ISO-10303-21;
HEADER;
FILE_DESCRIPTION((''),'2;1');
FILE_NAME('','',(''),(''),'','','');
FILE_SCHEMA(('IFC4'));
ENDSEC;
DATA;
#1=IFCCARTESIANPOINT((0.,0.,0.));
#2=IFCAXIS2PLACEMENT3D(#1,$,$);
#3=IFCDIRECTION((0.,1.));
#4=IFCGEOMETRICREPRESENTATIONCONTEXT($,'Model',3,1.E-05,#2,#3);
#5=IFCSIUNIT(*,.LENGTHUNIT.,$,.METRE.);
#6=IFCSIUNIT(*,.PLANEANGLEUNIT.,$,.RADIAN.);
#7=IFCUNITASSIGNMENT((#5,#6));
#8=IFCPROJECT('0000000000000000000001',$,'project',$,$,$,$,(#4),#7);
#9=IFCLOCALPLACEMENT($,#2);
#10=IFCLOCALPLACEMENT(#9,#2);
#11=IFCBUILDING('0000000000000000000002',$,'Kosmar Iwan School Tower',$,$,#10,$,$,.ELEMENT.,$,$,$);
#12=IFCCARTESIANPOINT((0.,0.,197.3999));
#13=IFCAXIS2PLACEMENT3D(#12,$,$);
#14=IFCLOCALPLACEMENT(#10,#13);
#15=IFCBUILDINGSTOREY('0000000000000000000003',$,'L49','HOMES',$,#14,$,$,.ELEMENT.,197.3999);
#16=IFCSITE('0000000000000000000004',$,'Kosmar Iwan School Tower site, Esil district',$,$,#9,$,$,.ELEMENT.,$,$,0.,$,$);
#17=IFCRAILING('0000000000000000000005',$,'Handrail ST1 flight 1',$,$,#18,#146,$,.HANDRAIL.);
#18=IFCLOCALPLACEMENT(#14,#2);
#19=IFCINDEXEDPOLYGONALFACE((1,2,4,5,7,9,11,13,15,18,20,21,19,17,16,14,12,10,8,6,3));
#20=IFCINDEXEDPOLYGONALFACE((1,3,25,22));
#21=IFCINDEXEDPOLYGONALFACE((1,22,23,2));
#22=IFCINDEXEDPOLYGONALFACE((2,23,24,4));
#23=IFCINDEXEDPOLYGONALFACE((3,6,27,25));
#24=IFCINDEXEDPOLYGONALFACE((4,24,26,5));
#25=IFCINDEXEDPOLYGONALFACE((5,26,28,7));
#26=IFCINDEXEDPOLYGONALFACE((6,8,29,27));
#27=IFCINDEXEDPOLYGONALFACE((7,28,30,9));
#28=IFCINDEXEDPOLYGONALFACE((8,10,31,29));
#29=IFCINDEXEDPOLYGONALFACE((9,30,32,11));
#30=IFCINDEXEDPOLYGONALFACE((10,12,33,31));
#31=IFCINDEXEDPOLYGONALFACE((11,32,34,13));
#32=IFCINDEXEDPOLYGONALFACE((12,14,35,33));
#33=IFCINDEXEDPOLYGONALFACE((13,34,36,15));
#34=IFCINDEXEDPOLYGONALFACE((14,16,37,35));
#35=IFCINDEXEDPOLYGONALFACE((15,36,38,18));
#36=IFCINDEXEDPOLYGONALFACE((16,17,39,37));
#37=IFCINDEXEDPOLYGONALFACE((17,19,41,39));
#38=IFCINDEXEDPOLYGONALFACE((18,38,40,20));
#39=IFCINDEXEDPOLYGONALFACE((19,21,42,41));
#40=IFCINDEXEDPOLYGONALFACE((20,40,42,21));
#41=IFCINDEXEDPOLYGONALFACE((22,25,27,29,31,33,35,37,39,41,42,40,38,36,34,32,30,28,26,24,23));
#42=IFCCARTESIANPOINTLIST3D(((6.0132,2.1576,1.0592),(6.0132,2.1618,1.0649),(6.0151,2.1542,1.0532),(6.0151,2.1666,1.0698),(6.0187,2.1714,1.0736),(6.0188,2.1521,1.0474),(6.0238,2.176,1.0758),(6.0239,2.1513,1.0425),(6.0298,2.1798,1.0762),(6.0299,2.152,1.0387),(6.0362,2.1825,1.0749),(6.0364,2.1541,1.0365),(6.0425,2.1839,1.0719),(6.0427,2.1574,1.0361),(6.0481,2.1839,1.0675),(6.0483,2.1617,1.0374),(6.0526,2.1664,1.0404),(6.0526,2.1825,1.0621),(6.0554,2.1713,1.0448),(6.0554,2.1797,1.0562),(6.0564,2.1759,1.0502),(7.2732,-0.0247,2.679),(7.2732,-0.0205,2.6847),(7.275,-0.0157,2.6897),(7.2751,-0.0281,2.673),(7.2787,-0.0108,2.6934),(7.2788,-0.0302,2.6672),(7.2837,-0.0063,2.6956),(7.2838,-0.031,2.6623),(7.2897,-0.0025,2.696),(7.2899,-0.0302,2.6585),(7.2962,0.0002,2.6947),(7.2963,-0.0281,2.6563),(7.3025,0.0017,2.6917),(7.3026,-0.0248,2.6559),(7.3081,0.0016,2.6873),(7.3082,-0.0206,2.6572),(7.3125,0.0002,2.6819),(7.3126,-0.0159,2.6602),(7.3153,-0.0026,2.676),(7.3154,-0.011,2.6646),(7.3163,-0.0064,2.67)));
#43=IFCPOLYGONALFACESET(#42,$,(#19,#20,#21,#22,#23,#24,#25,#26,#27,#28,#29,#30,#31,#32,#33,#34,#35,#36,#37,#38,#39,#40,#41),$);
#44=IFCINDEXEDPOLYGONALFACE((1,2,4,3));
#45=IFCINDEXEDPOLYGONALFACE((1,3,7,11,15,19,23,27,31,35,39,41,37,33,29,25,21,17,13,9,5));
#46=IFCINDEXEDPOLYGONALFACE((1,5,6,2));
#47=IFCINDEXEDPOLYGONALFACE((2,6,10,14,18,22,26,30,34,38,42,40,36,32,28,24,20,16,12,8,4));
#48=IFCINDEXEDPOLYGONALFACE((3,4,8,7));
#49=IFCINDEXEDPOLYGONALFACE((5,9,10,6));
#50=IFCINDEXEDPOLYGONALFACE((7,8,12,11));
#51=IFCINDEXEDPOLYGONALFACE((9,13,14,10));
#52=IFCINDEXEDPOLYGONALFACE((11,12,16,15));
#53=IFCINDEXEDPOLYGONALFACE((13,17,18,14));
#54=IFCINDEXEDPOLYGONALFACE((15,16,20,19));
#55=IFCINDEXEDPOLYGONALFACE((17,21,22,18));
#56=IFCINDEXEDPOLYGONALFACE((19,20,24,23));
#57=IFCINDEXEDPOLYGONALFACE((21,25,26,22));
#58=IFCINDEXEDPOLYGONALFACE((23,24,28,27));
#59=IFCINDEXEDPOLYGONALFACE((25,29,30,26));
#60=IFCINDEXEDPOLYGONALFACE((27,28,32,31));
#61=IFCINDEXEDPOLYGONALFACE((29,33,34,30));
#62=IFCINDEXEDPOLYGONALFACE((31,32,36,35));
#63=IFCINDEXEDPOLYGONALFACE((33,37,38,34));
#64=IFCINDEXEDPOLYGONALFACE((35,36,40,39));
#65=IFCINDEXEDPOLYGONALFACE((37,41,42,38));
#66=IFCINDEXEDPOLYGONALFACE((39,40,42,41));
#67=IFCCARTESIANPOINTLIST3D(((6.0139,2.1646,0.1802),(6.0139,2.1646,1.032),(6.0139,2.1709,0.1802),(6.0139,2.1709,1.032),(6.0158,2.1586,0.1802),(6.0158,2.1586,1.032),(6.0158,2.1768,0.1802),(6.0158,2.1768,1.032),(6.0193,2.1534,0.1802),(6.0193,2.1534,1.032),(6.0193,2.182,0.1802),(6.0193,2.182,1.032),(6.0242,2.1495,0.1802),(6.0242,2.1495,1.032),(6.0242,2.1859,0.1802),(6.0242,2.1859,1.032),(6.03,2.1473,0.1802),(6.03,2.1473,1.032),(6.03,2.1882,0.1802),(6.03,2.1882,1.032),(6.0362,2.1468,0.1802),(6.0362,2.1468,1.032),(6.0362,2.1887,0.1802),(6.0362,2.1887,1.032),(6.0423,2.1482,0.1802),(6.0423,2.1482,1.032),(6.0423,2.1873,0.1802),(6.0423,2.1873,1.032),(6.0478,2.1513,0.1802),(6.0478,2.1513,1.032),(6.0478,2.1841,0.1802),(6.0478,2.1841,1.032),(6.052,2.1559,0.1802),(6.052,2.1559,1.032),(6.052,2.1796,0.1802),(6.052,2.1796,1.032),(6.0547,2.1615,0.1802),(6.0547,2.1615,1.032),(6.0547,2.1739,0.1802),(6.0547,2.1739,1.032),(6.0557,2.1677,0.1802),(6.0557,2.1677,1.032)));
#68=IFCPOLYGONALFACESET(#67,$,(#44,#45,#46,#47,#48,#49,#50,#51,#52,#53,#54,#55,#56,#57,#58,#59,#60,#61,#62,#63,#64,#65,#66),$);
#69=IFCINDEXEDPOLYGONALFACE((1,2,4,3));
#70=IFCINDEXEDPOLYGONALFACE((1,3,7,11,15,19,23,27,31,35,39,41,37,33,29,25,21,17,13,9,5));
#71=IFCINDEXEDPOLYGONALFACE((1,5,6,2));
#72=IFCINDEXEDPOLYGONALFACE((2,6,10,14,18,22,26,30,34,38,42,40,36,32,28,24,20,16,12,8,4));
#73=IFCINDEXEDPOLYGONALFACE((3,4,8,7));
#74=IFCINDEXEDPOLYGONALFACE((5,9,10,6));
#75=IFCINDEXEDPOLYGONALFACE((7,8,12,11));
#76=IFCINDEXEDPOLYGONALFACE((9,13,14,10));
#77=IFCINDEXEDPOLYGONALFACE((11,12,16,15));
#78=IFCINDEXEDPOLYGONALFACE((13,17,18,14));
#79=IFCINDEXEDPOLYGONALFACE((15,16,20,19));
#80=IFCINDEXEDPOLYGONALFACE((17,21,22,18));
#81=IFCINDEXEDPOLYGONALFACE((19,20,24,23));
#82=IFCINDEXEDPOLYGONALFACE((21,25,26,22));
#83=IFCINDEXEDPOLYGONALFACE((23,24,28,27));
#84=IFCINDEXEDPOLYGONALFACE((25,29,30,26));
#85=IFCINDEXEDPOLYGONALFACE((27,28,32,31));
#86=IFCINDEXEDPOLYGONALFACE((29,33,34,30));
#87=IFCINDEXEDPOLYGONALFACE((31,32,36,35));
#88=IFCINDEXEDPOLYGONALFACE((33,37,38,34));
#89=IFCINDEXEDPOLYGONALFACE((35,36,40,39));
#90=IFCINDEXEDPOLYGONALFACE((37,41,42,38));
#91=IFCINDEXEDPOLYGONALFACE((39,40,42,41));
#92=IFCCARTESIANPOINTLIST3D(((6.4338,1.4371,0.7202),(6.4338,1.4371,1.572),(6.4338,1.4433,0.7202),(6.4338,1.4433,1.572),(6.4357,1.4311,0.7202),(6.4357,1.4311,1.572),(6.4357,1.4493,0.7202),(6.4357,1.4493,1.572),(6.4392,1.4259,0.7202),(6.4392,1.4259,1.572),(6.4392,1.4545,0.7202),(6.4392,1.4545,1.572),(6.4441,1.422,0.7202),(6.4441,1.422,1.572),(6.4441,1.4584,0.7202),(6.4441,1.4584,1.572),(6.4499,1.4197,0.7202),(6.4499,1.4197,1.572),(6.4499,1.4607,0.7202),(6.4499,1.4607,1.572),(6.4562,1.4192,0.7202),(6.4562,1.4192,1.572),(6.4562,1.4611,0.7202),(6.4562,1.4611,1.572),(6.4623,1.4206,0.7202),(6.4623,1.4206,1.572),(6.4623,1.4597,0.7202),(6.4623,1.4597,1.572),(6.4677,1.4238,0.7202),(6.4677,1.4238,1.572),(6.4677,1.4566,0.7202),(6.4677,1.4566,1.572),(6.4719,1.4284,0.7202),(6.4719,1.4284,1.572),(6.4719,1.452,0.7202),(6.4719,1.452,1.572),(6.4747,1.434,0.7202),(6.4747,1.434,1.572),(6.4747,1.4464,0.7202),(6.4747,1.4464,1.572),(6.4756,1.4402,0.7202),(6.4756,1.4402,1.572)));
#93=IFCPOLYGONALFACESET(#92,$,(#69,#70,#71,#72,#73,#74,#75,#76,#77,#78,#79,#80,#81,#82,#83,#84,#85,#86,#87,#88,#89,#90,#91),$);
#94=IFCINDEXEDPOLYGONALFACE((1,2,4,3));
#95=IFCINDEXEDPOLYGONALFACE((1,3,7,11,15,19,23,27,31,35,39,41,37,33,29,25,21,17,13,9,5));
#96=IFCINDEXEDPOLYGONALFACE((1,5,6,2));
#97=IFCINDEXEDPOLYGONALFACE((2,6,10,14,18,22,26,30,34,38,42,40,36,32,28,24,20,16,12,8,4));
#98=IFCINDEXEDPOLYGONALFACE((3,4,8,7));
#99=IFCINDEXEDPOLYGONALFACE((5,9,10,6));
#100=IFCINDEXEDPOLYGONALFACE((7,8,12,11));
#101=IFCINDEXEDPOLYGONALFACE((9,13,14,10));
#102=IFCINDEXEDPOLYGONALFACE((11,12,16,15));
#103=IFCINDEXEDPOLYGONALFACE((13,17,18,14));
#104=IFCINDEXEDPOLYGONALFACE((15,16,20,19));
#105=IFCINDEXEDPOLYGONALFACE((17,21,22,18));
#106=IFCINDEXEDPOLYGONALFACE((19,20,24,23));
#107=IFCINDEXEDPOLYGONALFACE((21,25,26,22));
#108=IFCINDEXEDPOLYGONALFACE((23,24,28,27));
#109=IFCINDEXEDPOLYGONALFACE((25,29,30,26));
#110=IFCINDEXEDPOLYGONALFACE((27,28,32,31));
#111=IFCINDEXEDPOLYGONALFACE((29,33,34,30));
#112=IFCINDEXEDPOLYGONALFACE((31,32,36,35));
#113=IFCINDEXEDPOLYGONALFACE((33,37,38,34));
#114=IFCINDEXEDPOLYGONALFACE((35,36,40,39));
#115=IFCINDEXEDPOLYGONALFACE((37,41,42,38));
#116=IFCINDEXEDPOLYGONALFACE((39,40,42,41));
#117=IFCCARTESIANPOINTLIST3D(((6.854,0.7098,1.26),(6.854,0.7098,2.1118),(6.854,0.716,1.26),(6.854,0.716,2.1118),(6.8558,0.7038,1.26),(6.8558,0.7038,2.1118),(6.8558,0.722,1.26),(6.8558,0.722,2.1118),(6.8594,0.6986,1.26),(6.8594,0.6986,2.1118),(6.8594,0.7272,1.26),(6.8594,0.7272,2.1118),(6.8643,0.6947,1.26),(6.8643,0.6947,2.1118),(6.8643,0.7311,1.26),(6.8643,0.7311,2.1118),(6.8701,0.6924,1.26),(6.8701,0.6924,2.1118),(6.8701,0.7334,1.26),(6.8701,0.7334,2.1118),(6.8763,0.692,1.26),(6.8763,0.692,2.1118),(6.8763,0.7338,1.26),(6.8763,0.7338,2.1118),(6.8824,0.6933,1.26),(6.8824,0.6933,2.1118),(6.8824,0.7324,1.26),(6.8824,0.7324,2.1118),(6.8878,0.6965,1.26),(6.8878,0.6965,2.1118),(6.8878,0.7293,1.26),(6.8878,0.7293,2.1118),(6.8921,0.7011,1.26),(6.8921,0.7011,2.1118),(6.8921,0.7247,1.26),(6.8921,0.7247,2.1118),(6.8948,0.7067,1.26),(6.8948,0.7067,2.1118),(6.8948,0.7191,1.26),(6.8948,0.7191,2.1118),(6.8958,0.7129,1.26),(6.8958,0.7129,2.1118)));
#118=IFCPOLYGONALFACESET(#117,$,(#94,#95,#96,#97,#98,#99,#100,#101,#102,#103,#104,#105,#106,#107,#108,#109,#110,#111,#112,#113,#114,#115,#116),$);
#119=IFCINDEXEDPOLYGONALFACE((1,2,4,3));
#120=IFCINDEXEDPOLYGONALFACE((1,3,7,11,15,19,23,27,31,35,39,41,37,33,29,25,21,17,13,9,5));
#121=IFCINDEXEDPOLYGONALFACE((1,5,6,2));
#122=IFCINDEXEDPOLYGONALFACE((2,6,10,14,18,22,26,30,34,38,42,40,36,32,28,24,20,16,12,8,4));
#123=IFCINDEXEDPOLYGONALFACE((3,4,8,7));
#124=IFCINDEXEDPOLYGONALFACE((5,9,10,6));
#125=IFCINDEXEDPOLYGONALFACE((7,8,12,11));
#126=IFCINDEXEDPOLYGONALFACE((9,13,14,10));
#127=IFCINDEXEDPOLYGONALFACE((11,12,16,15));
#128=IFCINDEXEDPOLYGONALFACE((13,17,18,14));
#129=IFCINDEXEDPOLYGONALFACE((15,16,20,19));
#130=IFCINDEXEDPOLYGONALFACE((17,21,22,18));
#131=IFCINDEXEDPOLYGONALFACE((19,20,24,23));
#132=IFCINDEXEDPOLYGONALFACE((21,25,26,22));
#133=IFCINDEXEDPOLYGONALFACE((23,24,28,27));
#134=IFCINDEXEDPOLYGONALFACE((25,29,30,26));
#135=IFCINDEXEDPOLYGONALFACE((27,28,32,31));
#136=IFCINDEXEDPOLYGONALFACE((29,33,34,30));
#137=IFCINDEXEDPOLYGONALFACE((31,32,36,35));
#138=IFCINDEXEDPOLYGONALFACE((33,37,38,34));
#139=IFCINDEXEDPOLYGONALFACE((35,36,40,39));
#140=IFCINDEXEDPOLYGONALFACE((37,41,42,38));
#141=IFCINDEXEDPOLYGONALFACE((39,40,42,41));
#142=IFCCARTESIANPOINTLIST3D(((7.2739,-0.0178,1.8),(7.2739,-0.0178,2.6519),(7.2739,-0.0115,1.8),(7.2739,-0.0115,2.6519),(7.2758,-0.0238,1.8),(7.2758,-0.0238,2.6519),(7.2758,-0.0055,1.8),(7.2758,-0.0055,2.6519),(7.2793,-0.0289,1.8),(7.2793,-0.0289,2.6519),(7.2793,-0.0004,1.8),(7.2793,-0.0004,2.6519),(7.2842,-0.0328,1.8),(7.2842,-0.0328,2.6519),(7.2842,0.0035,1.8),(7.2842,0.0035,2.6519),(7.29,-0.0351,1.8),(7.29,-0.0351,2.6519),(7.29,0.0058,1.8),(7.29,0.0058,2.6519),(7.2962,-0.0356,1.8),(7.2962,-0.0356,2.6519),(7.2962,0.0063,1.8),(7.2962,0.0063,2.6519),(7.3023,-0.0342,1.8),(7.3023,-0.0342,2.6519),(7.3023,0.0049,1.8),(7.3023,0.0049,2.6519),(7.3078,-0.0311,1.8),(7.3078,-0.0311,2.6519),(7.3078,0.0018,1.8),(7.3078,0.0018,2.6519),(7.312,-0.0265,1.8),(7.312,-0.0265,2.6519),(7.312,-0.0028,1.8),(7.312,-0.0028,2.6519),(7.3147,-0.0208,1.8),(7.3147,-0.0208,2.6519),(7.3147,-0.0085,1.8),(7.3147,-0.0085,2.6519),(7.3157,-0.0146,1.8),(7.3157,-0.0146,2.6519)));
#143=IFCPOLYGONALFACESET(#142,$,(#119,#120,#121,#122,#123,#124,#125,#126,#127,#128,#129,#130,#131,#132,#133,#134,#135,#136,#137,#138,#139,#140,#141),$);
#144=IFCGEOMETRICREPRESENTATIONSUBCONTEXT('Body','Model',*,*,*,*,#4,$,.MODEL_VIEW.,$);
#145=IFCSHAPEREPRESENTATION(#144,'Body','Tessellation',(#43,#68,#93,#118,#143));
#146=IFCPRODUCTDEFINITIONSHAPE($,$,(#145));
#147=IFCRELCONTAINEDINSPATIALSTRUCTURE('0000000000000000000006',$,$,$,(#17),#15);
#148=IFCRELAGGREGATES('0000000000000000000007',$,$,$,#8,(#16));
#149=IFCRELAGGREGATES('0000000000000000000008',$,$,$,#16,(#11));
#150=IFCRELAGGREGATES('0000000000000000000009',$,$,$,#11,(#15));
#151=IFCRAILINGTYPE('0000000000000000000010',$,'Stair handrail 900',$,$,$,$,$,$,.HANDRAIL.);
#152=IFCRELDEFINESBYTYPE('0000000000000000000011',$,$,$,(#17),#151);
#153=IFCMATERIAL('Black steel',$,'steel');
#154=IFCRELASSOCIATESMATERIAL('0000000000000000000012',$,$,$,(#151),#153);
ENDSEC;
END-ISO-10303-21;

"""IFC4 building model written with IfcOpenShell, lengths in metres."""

from ifc_helpers import new_model, si_unit, direction, frame, origin, origin_2d, place, context, subcontext, project, spatial, circle, extrude, material, type_object, element, save


model = new_model("IFC4")

# Units and contexts
model_context = context("Model", 3, precision=1e-05, world=origin(), true_north=direction((0.0, 1.0)))
body_context = subcontext(model_context, "Body", "Model", "MODEL_VIEW")
ifc_project = project(units=[si_unit("LENGTHUNIT", "METRE"), si_unit("PLANEANGLEUNIT", "RADIAN")], contexts=[model_context])

# Site, building, storey
site_placement = place(None, origin())
site = spatial("IfcSite", under=ifc_project, at=site_placement, Name="Kosmar Iwan School Tower site, Esil district", CompositionType="ELEMENT", RefElevation=0.0)
building_placement = place(site_placement, origin())
building = spatial("IfcBuilding", under=site, at=building_placement, Name="Kosmar Iwan School Tower", CompositionType="ELEMENT")
storey_placement = place(building_placement, frame((0.0, 0.0, 197.3999)))
storey = spatial("IfcBuildingStorey", under=building, at=storey_placement, Name="L49", Description="HOMES", CompositionType="ELEMENT", Elevation=197.3999)

# Railing
ifc_material_1 = material(Name="Black steel", Category="steel")
railing_type = type_object("IfcRailingType", Name="Stair handrail 900", PredefinedType="HANDRAIL", material=ifc_material_1)
railing_1_placement = place(storey_placement, frame((6.0347, 2.1677, 0.1802)))
element("IfcRailing", 1, at=railing_1_placement, inside=storey, type_object=railing_type, Name="Handrail ST1 flight 1", PredefinedType="HANDRAIL", context=body_context, shape_type="SweptSolid", body=[
    extrude(circle(Radius=0.0239, at=origin_2d()), frame((0.0, 0.0, 0.876), z_axis=(0.420603, -0.728496, 0.540728), x_axis=(0.866023, 0.500005, 0.0)), (0.0, 0.0, 1.0), 2.9956),
    extrude(circle(Radius=0.021, at=origin_2d()), origin(), (0.0, 0.0, 1.0), 0.8518),
    extrude(circle(Radius=0.021, at=origin_2d()), frame((0.4199, -0.7275, 0.54)), (0.0, 0.0, 1.0), 0.8518),
    extrude(circle(Radius=0.021, at=origin_2d()), frame((0.8401, -1.4548, 1.0798)), (0.0, 0.0, 1.0), 0.8518),
    extrude(circle(Radius=0.021, at=origin_2d()), frame((1.26, -2.1824, 1.6199)), (0.0, 0.0, 1.0), 0.8518),
])

save(model, "model.ifc")
